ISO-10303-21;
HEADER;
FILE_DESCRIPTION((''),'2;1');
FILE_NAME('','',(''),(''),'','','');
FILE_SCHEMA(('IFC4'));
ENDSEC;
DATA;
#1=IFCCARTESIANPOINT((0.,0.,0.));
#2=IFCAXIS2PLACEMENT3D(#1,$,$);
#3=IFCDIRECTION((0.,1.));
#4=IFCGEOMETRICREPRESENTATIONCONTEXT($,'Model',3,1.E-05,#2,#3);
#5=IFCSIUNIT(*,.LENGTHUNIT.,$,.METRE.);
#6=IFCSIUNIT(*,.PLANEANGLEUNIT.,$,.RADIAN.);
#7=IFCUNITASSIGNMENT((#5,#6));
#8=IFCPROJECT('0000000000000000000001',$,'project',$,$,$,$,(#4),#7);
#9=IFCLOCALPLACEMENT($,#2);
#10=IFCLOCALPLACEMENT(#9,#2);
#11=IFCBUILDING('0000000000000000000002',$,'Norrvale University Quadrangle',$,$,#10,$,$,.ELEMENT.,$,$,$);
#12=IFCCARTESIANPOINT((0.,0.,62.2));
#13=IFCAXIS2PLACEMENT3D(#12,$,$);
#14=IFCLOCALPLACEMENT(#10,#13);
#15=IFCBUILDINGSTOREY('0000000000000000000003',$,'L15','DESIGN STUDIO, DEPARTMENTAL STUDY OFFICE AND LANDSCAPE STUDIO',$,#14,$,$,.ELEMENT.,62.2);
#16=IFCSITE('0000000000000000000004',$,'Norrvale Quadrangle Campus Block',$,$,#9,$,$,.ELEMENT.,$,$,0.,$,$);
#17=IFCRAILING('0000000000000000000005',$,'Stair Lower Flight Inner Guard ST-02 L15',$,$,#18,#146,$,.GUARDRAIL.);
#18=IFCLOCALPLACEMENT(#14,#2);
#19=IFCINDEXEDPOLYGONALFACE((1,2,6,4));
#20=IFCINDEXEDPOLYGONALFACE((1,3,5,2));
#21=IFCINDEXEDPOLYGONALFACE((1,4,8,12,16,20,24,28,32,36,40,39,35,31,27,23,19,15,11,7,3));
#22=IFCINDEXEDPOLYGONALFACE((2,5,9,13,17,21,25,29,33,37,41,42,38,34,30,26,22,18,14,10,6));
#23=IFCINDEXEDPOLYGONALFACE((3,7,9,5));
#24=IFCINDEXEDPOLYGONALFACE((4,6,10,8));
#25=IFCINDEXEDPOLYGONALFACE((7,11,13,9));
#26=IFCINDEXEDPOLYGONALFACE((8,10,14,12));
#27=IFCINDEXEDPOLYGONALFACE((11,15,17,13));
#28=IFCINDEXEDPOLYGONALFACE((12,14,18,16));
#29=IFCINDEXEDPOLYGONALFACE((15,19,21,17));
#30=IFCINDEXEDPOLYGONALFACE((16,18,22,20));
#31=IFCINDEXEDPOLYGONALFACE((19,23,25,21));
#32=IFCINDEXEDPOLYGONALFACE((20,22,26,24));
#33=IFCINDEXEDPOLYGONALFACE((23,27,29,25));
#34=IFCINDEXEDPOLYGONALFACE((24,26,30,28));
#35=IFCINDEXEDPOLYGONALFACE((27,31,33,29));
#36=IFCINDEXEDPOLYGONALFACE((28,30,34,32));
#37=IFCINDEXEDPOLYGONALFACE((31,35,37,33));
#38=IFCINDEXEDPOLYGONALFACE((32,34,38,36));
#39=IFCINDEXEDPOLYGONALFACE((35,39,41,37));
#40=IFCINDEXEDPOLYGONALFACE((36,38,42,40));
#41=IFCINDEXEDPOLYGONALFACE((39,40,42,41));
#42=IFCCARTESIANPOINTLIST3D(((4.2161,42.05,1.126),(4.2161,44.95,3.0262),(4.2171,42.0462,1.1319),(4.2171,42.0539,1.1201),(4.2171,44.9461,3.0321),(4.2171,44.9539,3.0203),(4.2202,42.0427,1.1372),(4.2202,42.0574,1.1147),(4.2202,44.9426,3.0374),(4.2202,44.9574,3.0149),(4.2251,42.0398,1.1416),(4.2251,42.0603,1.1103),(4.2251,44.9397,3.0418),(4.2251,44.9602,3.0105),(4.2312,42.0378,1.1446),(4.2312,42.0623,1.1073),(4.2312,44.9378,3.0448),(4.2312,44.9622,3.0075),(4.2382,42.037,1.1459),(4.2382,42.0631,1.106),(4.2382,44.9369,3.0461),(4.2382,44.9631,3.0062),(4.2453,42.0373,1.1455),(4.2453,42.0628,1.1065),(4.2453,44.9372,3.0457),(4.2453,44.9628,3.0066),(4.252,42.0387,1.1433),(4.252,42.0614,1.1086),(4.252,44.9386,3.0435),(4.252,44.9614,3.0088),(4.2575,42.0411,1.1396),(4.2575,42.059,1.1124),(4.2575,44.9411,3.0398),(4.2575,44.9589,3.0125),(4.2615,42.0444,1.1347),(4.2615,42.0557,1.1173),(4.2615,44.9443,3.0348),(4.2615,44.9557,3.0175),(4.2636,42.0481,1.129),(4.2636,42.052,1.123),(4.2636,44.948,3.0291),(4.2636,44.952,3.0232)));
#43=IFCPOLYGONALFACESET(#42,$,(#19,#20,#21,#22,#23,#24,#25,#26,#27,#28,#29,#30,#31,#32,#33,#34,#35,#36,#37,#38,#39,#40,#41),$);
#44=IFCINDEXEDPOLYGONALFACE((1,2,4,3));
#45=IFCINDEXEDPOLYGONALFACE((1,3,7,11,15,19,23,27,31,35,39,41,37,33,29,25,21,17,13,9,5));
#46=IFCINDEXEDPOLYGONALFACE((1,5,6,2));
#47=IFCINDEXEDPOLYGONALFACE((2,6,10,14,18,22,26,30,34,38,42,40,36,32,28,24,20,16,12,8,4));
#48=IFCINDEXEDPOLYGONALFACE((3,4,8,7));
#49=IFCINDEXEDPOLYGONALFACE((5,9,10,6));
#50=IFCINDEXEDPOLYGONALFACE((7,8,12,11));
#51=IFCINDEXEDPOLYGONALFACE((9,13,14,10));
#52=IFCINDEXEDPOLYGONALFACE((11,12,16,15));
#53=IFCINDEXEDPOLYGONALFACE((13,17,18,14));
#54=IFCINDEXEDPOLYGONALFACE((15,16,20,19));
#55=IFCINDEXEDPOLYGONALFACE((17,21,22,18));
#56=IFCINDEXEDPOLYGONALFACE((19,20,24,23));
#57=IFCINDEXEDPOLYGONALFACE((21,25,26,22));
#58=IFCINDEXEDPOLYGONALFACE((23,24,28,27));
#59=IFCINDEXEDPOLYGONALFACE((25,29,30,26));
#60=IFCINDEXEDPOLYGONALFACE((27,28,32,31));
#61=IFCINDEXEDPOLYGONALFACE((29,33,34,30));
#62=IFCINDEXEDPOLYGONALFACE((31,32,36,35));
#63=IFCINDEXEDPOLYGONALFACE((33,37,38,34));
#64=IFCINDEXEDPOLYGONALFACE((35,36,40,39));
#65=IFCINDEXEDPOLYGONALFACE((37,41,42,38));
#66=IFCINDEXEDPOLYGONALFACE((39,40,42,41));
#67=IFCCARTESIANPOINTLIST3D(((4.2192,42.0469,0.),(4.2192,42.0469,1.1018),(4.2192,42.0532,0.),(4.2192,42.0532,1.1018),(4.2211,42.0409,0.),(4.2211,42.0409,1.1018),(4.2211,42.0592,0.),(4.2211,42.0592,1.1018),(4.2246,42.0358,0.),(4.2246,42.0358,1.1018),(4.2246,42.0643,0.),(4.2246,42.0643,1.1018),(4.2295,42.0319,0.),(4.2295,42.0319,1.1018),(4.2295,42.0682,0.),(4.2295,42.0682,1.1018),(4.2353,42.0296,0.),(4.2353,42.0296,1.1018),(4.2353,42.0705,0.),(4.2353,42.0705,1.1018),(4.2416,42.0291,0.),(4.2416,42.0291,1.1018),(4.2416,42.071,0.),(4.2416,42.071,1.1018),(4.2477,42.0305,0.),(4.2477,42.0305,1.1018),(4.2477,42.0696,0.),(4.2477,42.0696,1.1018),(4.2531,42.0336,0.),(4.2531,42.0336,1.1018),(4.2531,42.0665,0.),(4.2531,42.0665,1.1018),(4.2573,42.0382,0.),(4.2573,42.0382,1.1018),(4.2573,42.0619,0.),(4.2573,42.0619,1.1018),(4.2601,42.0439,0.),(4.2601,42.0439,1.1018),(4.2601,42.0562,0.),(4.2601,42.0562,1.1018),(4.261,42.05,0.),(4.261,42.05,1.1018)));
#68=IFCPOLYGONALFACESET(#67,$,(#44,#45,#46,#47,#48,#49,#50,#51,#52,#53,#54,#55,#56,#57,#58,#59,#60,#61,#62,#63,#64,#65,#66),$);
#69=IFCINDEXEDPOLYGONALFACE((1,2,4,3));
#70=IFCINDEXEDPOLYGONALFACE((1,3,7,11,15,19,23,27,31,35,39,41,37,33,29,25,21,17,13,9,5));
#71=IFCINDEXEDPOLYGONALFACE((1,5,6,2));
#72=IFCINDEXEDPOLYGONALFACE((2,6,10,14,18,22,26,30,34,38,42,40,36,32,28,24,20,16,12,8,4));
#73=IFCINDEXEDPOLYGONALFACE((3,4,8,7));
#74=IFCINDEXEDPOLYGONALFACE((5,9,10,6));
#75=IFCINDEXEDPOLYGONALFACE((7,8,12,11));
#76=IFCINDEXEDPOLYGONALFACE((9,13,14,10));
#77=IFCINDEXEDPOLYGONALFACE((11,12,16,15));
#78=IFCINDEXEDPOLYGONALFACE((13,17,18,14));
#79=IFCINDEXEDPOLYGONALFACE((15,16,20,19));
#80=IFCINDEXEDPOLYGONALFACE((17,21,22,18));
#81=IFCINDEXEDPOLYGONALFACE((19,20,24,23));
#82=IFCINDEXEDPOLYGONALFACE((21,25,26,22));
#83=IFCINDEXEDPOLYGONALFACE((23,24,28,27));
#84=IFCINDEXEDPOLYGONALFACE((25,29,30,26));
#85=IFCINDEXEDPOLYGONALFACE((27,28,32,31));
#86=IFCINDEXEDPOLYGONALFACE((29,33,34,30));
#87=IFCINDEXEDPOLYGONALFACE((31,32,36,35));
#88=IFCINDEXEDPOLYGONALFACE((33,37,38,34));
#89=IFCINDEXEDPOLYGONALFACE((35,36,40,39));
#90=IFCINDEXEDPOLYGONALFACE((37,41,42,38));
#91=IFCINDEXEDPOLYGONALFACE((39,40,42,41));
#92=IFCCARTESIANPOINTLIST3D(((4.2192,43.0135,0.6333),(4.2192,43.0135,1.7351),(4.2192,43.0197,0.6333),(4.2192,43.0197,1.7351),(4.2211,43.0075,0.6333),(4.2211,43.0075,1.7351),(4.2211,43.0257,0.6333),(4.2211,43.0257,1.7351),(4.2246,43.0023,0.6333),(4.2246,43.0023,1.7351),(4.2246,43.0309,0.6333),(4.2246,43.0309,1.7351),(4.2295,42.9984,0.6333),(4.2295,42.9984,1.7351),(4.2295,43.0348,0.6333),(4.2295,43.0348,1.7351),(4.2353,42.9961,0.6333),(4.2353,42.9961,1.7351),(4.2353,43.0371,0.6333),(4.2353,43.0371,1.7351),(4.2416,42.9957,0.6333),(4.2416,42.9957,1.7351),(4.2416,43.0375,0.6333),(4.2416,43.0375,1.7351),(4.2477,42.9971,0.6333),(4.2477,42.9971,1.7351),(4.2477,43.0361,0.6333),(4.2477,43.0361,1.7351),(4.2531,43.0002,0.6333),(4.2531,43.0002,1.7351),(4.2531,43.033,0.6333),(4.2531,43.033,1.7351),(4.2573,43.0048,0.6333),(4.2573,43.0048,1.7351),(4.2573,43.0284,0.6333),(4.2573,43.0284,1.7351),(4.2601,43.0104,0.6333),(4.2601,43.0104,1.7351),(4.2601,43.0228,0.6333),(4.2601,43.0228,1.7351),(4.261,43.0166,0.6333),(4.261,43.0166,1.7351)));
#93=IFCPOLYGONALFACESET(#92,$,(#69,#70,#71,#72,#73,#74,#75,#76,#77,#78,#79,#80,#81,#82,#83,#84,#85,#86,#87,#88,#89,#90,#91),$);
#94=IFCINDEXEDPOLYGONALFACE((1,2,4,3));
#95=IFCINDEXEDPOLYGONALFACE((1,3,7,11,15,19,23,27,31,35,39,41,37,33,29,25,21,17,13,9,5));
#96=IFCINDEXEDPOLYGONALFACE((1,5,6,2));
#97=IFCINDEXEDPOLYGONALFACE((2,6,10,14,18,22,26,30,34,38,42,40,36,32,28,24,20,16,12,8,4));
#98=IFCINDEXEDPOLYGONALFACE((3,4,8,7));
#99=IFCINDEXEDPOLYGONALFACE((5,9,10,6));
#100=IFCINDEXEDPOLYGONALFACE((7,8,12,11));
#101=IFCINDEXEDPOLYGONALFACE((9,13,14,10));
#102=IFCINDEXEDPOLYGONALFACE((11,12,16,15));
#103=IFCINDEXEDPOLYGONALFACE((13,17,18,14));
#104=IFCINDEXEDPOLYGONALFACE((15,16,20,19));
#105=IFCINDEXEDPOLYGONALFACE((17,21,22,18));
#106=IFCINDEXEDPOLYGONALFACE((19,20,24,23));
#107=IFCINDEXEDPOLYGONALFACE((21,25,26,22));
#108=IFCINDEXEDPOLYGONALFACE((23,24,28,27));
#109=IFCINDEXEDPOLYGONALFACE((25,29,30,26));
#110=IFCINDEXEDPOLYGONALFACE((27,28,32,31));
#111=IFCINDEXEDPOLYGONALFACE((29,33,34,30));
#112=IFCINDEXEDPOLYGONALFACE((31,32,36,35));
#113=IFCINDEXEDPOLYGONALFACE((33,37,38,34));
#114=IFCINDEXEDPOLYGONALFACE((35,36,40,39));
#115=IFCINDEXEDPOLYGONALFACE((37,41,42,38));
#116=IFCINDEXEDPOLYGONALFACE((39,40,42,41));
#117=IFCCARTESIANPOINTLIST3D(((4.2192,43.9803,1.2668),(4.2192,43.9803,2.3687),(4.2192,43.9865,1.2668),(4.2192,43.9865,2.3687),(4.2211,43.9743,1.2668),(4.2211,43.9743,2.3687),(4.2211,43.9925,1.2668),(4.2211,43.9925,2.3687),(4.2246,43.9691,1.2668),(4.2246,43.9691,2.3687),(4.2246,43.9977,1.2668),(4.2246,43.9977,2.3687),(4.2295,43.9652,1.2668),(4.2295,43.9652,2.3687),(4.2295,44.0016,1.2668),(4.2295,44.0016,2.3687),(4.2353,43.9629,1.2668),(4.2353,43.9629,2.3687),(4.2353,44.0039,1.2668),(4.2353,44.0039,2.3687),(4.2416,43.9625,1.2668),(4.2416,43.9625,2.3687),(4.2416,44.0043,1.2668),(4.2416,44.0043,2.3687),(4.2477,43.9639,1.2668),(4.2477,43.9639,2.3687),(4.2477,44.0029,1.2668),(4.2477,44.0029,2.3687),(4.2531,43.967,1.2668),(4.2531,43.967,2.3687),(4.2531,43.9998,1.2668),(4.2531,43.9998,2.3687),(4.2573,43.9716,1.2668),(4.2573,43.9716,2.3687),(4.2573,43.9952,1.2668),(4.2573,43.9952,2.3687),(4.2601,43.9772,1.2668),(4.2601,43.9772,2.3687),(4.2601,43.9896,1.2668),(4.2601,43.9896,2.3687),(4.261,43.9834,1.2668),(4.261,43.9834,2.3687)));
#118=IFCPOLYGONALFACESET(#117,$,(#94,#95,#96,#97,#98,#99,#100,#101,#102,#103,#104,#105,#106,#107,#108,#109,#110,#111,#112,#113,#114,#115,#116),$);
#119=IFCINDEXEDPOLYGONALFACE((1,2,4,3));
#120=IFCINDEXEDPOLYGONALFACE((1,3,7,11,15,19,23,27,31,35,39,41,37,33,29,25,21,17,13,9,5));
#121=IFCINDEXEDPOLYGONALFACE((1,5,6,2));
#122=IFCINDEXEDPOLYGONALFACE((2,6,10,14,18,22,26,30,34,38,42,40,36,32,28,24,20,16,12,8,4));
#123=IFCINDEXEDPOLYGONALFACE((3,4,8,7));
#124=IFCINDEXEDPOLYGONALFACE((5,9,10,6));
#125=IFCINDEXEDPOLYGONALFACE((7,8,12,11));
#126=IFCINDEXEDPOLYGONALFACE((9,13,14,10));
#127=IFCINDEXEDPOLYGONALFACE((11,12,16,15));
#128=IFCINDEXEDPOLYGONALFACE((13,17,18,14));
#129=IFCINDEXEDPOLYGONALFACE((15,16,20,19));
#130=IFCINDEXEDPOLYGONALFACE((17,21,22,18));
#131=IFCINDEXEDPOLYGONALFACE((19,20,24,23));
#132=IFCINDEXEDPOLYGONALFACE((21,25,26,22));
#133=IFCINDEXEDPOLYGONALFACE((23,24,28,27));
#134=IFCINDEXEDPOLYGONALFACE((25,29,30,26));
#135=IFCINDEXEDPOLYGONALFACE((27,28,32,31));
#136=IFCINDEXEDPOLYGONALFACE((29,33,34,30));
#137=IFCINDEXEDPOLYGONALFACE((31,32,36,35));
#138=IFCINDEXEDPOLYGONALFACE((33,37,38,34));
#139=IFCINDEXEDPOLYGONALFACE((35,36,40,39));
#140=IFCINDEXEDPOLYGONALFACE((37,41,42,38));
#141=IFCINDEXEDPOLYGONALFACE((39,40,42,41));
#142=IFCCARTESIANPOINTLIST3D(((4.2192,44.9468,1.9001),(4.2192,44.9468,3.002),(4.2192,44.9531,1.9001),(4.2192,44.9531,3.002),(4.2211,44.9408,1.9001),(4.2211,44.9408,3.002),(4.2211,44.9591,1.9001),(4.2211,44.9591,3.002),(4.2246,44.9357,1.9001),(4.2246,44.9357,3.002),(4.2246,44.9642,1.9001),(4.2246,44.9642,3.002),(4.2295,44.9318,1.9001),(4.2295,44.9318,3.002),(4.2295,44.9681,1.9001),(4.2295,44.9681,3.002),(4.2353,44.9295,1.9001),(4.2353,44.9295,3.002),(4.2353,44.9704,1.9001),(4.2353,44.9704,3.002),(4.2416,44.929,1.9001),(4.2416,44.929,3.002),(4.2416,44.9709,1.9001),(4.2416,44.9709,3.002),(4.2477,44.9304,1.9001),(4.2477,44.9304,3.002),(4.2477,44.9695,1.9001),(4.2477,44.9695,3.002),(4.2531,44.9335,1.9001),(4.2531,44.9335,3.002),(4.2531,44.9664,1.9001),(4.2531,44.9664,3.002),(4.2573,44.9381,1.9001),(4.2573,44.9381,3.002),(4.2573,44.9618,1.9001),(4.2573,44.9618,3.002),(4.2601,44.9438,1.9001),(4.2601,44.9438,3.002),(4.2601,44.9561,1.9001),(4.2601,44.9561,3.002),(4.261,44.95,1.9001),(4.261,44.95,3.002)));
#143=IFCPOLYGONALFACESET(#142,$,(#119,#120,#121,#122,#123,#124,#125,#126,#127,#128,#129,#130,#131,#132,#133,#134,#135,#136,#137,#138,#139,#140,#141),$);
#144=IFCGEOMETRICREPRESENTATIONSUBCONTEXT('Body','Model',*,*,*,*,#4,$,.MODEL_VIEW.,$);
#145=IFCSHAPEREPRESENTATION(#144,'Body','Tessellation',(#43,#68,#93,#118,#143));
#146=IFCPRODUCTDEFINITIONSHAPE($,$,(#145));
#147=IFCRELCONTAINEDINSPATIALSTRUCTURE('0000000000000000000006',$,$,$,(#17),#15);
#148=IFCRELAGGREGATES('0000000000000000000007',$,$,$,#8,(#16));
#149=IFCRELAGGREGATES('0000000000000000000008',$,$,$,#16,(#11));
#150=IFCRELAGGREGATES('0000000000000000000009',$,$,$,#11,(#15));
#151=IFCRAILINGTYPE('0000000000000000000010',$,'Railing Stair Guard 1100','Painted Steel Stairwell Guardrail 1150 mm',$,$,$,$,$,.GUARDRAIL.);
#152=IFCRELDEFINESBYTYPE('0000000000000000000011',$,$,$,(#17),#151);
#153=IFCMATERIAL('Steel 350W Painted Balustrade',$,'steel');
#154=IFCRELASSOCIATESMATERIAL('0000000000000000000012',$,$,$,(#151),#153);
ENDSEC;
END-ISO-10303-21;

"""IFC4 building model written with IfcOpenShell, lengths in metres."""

from ifc_helpers import new_model, si_unit, direction, frame, origin, origin_2d, place, context, subcontext, project, spatial, circle, extrude, material, type_object, element, save


model = new_model("IFC4")

# Units and contexts
model_context = context("Model", 3, precision=1e-05, world=origin(), true_north=direction((0.0, 1.0)))
body_context = subcontext(model_context, "Body", "Model", "MODEL_VIEW")
ifc_project = project(units=[si_unit("LENGTHUNIT", "METRE"), si_unit("PLANEANGLEUNIT", "RADIAN")], contexts=[model_context])

# Site, building, storey
site_placement = place(None, origin())
site = spatial("IfcSite", under=ifc_project, at=site_placement, Name="Norrvale Quadrangle Campus Block", CompositionType="ELEMENT", RefElevation=0.0)
building_placement = place(site_placement, origin())
building = spatial("IfcBuilding", under=site, at=building_placement, Name="Norrvale University Quadrangle", CompositionType="ELEMENT")
storey_placement = place(building_placement, frame((0.0, 0.0, 62.2)))
storey = spatial("IfcBuildingStorey", under=building, at=storey_placement, Name="L15", Description="DESIGN STUDIO, DEPARTMENTAL STUDY OFFICE AND LANDSCAPE STUDIO", CompositionType="ELEMENT", Elevation=62.2)

# Railing
ifc_material_1 = material(Name="Steel 350W Painted Balustrade", Category="steel")
railing_type_1 = type_object("IfcRailingType", Name="Railing Stair Guard 1100", Description="Painted Steel Stairwell Guardrail 1150 mm", PredefinedType="GUARDRAIL", material=ifc_material_1)
railing_1_placement = place(storey_placement, frame((4.24, 42.05, 0.0)))
element("IfcRailing", 1, at=railing_1_placement, inside=storey, type_object=railing_type_1, Name="Stair Lower Flight Inner Guard ST-02 L15", PredefinedType="GUARDRAIL", context=body_context, shape_type="SweptSolid", body=[
    extrude(circle(Radius=0.0239, at=origin_2d()), frame((0.0, 0.0, 1.126), z_axis=(0.0, 0.836433, 0.548069), x_axis=(-1.0, 0.0, 0.0)), (0.0, 0.0, 1.0), 3.467),
    extrude(circle(Radius=0.021, at=origin_2d()), origin(), (0.0, 0.0, 1.0), 1.1018),
    extrude(circle(Radius=0.021, at=origin_2d()), frame((0.0, 0.9666, 0.6333)), (0.0, 0.0, 1.0), 1.1018),
    extrude(circle(Radius=0.021, at=origin_2d()), frame((0.0, 1.9333, 1.2668)), (0.0, 0.0, 1.0), 1.1018),
    extrude(circle(Radius=0.021, at=origin_2d()), frame((0.0, 2.8999, 1.9001)), (0.0, 0.0, 1.0), 1.1018),
])

save(model, "model.ifc")
